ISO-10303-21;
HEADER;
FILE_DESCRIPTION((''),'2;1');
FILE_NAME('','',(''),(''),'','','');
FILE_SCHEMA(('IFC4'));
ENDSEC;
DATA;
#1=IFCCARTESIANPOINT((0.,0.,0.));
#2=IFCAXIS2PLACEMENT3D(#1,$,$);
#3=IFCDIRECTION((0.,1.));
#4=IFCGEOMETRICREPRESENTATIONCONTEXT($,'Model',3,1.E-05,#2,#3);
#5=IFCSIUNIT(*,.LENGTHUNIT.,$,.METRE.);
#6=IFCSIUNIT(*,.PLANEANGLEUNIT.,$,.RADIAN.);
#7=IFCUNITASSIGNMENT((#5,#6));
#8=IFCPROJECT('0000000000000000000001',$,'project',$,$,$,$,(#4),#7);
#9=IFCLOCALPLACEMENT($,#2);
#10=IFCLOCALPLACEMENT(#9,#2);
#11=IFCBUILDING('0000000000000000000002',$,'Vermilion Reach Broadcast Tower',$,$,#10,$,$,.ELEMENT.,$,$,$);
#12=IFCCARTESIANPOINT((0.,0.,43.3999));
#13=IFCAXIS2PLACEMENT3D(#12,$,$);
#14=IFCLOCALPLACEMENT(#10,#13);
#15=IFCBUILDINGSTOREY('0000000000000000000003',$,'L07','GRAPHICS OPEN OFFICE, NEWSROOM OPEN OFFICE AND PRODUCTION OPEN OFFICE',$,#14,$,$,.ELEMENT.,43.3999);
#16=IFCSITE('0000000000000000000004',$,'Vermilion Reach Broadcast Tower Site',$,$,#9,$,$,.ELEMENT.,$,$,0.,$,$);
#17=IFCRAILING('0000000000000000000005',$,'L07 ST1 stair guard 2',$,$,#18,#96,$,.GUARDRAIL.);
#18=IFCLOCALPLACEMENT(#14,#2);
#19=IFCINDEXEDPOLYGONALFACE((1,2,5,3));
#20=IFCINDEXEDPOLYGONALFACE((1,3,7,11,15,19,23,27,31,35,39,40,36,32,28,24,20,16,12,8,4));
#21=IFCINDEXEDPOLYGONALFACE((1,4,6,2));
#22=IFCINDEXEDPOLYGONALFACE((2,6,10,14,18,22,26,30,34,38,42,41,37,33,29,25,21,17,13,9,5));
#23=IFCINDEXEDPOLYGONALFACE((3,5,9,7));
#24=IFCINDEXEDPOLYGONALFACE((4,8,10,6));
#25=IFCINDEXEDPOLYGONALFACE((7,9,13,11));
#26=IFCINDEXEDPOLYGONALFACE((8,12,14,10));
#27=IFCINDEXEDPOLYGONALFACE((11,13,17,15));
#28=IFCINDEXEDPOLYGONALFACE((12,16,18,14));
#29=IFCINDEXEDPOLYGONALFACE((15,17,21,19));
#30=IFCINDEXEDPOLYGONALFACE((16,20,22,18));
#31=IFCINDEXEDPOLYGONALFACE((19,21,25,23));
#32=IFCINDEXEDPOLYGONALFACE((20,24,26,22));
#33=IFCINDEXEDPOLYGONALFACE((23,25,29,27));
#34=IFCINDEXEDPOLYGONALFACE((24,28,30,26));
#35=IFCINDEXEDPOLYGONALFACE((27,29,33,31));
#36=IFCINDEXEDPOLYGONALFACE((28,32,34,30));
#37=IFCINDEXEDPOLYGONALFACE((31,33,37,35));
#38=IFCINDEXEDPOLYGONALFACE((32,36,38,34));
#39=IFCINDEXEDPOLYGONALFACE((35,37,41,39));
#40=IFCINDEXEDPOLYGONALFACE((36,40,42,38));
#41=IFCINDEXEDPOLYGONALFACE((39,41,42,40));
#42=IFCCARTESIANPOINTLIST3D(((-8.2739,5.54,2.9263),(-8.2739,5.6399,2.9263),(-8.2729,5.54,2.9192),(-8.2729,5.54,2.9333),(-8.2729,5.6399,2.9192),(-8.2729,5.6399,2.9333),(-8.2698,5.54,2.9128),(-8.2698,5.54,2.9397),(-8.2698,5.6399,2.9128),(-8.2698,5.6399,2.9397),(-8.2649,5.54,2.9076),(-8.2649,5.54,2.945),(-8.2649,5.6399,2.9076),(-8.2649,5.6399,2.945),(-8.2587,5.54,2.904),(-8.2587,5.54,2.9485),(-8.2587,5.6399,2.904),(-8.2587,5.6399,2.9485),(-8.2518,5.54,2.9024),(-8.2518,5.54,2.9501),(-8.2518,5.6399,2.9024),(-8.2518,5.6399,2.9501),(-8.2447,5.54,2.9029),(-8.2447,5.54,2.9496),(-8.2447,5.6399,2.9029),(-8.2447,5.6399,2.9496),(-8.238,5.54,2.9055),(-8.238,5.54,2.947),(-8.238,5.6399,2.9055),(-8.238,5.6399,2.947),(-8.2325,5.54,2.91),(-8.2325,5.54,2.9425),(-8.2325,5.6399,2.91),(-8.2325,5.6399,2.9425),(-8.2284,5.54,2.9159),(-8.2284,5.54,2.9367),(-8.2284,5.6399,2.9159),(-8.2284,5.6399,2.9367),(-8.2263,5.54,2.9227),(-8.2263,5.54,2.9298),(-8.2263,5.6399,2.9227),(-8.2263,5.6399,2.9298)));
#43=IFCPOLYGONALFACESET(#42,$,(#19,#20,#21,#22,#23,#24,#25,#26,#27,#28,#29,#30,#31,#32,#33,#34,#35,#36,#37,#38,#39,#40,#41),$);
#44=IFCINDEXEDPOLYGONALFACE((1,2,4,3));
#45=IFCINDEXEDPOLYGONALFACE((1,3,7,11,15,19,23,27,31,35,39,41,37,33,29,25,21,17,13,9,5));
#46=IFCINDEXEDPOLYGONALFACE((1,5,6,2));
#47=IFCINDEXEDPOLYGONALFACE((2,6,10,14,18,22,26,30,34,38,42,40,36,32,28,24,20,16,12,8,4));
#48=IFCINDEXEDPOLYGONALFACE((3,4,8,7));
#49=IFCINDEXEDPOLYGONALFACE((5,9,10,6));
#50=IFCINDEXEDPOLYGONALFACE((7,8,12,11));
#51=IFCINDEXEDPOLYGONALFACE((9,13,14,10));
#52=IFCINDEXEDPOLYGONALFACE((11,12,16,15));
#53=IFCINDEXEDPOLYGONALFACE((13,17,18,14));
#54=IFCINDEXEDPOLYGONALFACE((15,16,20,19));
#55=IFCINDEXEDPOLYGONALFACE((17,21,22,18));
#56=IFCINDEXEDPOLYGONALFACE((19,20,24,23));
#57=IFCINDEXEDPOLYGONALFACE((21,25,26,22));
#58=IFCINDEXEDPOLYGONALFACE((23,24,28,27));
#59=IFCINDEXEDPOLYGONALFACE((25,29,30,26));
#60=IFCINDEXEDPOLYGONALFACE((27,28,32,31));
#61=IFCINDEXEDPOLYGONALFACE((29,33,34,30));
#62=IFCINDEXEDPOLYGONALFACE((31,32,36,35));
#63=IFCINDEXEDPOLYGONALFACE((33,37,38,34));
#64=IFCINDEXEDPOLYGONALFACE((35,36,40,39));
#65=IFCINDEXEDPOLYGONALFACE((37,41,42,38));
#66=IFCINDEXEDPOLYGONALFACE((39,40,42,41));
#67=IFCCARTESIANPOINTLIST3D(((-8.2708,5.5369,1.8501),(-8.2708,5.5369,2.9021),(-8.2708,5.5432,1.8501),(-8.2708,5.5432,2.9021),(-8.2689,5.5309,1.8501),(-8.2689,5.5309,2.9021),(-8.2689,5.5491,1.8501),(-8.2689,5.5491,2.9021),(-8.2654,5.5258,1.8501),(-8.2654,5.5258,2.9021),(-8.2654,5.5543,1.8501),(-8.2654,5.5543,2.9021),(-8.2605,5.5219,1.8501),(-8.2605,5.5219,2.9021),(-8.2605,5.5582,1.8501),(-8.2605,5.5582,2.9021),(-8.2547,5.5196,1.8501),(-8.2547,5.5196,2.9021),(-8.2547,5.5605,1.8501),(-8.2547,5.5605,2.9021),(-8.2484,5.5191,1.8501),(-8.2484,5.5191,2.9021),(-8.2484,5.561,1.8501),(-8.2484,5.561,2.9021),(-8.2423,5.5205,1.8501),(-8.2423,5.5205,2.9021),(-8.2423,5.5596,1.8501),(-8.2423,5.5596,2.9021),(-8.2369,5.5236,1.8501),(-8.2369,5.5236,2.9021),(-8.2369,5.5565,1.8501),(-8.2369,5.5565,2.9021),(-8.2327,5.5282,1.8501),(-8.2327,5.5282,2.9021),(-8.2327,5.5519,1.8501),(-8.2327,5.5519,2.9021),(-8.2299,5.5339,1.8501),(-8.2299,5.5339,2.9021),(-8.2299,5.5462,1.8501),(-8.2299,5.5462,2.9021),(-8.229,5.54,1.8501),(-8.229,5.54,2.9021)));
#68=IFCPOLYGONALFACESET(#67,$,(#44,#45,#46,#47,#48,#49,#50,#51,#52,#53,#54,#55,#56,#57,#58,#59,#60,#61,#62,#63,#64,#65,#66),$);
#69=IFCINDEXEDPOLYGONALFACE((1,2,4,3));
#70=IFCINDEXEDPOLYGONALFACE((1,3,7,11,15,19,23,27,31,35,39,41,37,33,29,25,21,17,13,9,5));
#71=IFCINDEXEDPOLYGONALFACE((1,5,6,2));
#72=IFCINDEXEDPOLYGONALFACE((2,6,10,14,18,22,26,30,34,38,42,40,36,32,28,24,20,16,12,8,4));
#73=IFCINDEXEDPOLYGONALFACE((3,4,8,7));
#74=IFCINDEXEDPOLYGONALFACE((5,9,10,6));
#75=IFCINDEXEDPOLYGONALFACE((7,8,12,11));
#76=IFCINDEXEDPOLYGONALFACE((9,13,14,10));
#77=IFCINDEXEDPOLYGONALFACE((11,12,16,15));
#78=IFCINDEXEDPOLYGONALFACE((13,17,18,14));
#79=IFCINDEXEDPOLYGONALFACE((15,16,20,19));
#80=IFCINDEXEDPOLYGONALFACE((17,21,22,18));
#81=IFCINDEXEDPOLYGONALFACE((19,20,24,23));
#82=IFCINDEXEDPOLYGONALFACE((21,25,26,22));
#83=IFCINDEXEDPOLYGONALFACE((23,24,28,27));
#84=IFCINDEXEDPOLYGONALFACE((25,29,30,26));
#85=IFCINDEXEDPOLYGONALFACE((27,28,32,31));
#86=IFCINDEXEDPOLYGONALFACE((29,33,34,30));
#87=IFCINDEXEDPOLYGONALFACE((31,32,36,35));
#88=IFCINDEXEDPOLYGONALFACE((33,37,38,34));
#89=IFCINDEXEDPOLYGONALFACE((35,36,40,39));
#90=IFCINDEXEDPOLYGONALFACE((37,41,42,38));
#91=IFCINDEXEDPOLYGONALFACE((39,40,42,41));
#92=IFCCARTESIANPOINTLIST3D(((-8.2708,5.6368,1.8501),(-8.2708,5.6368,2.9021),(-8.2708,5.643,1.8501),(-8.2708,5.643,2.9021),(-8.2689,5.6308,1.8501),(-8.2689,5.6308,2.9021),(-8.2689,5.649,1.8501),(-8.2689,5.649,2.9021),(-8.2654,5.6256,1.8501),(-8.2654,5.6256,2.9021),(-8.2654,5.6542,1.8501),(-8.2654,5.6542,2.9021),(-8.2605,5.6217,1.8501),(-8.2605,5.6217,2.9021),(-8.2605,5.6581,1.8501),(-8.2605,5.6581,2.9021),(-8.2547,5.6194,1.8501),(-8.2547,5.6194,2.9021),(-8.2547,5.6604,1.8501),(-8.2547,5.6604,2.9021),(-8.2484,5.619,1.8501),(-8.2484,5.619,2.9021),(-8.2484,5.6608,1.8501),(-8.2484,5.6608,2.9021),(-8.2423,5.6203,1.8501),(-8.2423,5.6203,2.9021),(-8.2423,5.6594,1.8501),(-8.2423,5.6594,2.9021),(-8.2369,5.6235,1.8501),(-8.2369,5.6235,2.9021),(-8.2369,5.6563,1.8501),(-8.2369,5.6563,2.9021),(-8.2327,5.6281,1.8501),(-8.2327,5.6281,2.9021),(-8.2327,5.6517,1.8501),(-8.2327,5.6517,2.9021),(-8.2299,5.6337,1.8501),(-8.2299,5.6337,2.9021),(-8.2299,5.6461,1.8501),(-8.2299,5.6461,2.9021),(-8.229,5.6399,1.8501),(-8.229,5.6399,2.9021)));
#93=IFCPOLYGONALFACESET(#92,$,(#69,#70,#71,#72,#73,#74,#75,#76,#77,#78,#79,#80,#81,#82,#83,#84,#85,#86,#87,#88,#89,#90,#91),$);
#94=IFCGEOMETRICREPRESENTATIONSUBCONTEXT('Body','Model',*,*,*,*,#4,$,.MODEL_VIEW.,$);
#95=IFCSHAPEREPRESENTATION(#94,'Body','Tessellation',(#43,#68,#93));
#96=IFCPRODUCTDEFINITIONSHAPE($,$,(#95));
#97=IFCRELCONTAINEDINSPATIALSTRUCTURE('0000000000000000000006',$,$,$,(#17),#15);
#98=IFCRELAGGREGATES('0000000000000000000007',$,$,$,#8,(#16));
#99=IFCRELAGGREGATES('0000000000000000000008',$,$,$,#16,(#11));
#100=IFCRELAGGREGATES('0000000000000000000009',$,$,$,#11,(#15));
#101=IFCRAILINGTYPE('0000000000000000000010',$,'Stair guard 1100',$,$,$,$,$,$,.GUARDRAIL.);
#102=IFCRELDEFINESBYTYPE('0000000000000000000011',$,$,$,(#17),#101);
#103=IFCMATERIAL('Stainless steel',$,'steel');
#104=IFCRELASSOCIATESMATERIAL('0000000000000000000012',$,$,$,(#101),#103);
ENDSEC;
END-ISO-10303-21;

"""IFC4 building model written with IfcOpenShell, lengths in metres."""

from ifc_helpers import new_model, si_unit, direction, frame, origin, origin_2d, place, context, subcontext, project, spatial, circle, extrude, material, type_object, element, save


model = new_model("IFC4")

# Units and contexts
model_context = context("Model", 3, precision=1e-05, world=origin(), true_north=direction((0.0, 1.0)))
body_context = subcontext(model_context, "Body", "Model", "MODEL_VIEW")
ifc_project = project(units=[si_unit("LENGTHUNIT", "METRE"), si_unit("PLANEANGLEUNIT", "RADIAN")], contexts=[model_context])

# Site, building, storey
site_placement = place(None, origin())
site = spatial("IfcSite", under=ifc_project, at=site_placement, Name="Vermilion Reach Broadcast Tower Site", CompositionType="ELEMENT", RefElevation=0.0)
building_placement = place(site_placement, origin())
building = spatial("IfcBuilding", under=site, at=building_placement, Name="Vermilion Reach Broadcast Tower", CompositionType="ELEMENT")
storey_placement = place(building_placement, frame((0.0, 0.0, 43.3999)))
storey = spatial("IfcBuildingStorey", under=building, at=storey_placement, Name="L07", Description="GRAPHICS OPEN OFFICE, NEWSROOM OPEN OFFICE AND PRODUCTION OPEN OFFICE", CompositionType="ELEMENT", Elevation=43.3999)

# Railing
ifc_material_1 = material(Name="Stainless steel", Category="steel")
railing_type_1 = type_object("IfcRailingType", Name="Stair guard 1100", PredefinedType="GUARDRAIL", material=ifc_material_1)
railing_1_placement = place(storey_placement, frame((-8.25, 5.54, 1.8501)))
element("IfcRailing", 1, at=railing_1_placement, inside=storey, type_object=railing_type_1, Name="L07 ST1 stair guard 2", PredefinedType="GUARDRAIL", context=body_context, shape_type="SweptSolid", body=[
    extrude(circle(Radius=0.0239, at=origin_2d()), frame((0.0, 0.0, 1.0762), z_axis=(0.0, 1.0, 0.0), x_axis=(-1.0, 0.0, 0.0)), (0.0, 0.0, 1.0), 0.0999),
    extrude(circle(Radius=0.021, at=origin_2d()), origin(), (0.0, 0.0, 1.0), 1.052),
    extrude(circle(Radius=0.021, at=origin_2d()), frame((0.0, 0.0999, 0.0)), (0.0, 0.0, 1.0), 1.052),
])

save(model, "model.ifc")
